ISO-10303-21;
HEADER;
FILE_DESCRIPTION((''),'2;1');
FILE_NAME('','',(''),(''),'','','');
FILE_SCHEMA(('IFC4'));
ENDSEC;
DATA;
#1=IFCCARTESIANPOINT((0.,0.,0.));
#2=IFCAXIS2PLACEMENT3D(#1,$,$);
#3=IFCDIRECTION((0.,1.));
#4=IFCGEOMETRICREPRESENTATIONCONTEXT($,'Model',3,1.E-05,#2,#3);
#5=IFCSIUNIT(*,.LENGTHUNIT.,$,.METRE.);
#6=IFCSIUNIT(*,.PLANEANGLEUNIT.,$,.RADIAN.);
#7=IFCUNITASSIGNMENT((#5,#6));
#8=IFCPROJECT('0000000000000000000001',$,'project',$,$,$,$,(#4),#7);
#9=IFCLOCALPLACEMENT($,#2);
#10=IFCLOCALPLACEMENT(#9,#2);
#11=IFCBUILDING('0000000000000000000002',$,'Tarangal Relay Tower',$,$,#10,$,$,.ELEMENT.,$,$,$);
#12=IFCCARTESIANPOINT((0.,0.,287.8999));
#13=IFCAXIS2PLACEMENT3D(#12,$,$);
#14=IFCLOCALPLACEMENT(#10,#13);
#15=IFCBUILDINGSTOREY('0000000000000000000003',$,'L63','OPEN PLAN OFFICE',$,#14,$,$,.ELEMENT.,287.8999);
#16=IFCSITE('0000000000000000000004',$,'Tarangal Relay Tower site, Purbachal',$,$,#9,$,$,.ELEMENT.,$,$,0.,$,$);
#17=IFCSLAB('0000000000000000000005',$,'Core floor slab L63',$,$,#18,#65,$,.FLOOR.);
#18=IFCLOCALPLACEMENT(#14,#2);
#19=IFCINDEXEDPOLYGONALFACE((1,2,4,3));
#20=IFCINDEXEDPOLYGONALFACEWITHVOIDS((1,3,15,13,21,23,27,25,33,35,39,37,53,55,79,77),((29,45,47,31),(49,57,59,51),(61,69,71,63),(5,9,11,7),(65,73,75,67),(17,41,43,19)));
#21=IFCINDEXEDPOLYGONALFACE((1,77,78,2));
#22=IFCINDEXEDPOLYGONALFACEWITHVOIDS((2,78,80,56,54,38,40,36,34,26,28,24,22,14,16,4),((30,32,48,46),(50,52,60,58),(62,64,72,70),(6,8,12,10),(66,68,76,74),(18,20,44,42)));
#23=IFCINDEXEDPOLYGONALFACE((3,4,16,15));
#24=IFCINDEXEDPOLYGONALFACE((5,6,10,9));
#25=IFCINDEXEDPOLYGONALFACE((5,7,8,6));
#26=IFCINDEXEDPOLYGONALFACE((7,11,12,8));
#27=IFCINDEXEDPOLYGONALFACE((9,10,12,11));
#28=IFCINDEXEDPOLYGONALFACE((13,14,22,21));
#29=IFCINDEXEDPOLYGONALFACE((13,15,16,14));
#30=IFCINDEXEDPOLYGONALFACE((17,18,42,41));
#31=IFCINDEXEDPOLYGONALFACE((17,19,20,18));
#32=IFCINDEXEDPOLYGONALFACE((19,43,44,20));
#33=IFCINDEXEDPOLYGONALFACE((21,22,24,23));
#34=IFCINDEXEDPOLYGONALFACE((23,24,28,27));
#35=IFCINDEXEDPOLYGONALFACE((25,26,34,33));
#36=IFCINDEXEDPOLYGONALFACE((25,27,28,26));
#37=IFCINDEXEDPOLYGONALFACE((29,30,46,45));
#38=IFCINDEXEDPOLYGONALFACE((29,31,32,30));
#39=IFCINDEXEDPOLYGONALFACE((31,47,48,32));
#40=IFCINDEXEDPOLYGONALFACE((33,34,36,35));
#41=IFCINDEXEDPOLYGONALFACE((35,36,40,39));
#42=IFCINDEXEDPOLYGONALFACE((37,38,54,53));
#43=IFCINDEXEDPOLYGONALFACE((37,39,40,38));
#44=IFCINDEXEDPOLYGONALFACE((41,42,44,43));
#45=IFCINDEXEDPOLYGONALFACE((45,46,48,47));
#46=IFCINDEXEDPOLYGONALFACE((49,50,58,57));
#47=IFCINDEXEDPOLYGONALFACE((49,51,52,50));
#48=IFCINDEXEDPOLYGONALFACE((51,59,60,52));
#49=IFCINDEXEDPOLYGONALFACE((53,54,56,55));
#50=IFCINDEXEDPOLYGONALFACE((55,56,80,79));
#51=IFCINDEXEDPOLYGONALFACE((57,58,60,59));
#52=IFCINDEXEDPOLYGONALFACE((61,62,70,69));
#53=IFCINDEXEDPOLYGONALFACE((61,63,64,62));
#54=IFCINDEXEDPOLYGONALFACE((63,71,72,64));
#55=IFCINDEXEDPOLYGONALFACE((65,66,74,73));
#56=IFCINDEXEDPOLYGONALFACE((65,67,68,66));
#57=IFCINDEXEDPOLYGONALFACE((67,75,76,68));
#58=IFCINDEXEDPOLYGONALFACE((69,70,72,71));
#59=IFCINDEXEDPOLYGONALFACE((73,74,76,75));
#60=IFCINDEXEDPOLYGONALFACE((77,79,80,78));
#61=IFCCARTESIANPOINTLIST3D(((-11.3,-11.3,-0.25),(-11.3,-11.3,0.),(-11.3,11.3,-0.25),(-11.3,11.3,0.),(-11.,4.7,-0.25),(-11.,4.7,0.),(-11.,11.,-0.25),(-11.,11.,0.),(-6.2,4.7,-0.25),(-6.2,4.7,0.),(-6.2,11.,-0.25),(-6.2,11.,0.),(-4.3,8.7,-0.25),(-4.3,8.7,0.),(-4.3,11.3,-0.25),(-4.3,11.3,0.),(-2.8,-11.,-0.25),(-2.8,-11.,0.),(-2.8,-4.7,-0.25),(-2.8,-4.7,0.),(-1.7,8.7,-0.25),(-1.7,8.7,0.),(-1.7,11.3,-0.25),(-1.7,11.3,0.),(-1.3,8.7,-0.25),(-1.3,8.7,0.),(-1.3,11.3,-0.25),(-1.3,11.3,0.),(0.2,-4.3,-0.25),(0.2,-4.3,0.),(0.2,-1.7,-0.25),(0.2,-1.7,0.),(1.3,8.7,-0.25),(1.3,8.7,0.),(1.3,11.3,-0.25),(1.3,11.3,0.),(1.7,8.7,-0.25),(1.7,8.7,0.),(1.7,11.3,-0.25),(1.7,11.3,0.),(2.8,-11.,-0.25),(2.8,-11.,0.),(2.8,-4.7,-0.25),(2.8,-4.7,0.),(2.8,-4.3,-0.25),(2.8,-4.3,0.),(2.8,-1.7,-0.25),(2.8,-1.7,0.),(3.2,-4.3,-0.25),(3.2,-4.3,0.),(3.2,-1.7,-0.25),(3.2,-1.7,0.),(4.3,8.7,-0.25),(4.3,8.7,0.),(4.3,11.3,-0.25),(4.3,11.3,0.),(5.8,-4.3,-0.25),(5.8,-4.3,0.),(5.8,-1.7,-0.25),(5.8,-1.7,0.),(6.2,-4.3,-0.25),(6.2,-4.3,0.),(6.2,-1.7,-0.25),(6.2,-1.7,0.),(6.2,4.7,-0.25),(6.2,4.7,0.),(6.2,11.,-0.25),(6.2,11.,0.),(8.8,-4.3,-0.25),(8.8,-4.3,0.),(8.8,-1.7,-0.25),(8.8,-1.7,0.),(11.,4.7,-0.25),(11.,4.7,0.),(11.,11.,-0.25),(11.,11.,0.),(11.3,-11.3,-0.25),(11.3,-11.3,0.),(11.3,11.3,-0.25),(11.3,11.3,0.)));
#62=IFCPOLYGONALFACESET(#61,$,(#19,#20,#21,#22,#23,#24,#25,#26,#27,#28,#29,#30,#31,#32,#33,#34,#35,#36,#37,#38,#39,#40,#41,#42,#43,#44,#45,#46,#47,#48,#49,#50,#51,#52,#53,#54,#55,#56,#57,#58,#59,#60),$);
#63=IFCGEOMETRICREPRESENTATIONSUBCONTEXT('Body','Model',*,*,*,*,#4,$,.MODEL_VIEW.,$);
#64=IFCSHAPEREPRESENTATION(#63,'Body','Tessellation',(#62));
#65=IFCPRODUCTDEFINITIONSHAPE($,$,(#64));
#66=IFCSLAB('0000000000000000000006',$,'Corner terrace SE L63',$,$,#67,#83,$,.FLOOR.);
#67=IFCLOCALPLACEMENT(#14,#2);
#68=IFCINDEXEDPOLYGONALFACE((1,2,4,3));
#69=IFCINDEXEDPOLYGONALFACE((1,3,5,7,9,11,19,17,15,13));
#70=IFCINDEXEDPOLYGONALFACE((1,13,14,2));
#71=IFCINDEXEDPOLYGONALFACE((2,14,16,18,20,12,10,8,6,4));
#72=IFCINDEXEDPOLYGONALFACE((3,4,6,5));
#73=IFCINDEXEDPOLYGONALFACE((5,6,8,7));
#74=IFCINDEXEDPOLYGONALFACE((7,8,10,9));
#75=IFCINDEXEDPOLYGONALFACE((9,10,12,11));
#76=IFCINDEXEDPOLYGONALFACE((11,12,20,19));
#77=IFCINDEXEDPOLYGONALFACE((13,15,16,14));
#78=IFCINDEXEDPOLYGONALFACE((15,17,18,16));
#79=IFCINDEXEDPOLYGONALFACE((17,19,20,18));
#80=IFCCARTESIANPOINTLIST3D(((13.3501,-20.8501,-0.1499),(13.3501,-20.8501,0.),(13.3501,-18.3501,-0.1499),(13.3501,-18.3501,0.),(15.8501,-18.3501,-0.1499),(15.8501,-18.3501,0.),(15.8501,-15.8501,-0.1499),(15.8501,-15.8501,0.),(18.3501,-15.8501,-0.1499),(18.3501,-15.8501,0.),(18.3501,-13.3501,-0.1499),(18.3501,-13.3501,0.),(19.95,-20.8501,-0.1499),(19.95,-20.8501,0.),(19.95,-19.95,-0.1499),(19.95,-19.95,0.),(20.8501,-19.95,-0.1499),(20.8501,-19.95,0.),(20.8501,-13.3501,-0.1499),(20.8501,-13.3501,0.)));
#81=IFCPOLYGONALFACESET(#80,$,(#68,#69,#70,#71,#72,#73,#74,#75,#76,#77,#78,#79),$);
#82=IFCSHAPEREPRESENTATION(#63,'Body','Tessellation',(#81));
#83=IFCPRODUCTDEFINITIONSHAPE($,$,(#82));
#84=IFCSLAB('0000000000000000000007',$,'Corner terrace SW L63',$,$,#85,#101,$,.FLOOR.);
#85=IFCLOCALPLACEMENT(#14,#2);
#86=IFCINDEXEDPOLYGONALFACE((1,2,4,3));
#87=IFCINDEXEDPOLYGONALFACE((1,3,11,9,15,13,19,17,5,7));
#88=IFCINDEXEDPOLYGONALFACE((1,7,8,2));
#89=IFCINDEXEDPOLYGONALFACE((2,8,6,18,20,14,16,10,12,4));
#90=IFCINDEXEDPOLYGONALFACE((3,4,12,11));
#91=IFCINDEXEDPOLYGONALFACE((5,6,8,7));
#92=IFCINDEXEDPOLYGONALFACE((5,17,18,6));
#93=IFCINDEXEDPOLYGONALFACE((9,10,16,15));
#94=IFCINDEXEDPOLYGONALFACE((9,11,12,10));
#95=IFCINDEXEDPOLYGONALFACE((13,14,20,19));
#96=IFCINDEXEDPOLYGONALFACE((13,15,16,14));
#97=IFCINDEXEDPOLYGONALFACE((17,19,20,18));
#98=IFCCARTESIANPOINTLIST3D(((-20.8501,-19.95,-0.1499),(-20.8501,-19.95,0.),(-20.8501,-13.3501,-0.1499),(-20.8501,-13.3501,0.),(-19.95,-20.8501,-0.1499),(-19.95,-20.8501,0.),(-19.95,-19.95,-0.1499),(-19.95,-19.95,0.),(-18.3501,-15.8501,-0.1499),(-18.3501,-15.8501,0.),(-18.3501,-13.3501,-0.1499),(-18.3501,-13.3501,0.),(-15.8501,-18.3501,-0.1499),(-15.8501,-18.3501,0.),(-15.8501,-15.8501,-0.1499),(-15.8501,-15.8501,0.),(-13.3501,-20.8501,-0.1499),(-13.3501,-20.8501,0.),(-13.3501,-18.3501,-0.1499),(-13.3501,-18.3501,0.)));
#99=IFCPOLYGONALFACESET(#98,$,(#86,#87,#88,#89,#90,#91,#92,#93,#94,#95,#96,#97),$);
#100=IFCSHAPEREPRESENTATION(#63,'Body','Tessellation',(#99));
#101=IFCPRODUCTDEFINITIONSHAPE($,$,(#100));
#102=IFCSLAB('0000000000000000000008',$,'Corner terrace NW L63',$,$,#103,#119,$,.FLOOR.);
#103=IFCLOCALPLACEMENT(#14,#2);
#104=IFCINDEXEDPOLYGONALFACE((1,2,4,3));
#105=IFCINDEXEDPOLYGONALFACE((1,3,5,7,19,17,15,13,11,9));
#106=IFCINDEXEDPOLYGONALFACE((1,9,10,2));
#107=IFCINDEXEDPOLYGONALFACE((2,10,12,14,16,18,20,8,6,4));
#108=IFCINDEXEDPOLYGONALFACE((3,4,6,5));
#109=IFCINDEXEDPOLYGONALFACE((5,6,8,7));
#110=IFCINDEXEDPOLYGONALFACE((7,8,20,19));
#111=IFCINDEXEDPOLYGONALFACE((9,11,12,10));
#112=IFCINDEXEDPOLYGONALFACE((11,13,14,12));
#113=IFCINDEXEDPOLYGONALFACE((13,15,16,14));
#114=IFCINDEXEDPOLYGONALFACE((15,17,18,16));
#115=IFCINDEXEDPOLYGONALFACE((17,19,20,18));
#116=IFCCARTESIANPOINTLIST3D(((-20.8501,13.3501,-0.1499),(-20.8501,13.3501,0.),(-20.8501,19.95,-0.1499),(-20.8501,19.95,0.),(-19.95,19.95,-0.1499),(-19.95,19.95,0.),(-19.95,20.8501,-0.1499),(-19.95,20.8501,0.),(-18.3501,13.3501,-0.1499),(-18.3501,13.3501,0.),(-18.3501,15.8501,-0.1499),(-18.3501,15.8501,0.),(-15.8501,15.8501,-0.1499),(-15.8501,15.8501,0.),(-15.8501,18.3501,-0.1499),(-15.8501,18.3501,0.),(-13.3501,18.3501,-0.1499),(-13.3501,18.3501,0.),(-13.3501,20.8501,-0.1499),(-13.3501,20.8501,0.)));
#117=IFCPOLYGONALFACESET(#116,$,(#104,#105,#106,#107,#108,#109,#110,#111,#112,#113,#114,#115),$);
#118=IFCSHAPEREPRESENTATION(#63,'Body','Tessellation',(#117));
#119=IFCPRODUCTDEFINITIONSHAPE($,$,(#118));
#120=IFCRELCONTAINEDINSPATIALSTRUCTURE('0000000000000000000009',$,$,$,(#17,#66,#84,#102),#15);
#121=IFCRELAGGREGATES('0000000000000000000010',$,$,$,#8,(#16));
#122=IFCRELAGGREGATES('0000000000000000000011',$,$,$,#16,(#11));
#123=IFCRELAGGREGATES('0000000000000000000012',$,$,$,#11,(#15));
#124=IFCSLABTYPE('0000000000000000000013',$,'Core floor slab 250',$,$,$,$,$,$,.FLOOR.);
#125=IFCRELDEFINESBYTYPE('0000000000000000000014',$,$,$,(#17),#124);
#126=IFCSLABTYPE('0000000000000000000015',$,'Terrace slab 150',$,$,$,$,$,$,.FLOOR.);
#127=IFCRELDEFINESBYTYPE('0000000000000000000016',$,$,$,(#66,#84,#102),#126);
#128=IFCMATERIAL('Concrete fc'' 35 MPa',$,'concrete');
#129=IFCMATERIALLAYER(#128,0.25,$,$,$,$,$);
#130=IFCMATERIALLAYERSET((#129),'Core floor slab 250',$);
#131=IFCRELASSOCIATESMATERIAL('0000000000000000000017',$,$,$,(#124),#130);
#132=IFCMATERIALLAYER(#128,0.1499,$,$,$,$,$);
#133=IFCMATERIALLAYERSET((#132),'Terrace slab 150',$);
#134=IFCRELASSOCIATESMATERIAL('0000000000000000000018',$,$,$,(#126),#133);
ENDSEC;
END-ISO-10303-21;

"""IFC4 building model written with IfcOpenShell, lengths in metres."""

from ifc_helpers import new_model, si_unit, direction, frame, origin, place, context, subcontext, project, spatial, polyline, outline, extrude, material, layer, layer_set, type_object, element, save


model = new_model("IFC4")

# Units and contexts
model_context = context("Model", 3, precision=1e-05, world=origin(), true_north=direction((0.0, 1.0)))
body_context = subcontext(model_context, "Body", "Model", "MODEL_VIEW")
ifc_project = project(units=[si_unit("LENGTHUNIT", "METRE"), si_unit("PLANEANGLEUNIT", "RADIAN")], contexts=[model_context])

# Site, building, storey
site_placement = place(None, origin())
site = spatial("IfcSite", under=ifc_project, at=site_placement, Name="Tarangal Relay Tower site, Purbachal", CompositionType="ELEMENT", RefElevation=0.0)
building_placement = place(site_placement, origin())
building = spatial("IfcBuilding", under=site, at=building_placement, Name="Tarangal Relay Tower", CompositionType="ELEMENT")
storey_placement = place(building_placement, frame((0.0, 0.0, 287.8999)))
storey = spatial("IfcBuildingStorey", under=building, at=storey_placement, Name="L63", Description="OPEN PLAN OFFICE", CompositionType="ELEMENT", Elevation=287.8999)

# Slabs
ifc_material_1 = material(Name="Concrete fc' 35 MPa", Category="concrete")
ifc_layer_1 = layer(ifc_material_1, 0.25)
ifc_layer_set_1 = layer_set([ifc_layer_1], Name="Core floor slab 250")
slab_type_1 = type_object("IfcSlabType", Name="Core floor slab 250", PredefinedType="FLOOR", material=ifc_layer_set_1)
slab_1_placement = place(storey_placement, frame((0.0, 0.0, -0.25)))
element("IfcSlab", 1, at=slab_1_placement, inside=storey, type_object=slab_type_1, Name="Core floor slab L63", PredefinedType="FLOOR", context=body_context, shape_type="SweptSolid", body=[
    extrude(outline(polyline([(11.3, 11.3), (11.3, -11.3), (-11.3, -11.3), (-11.3, 11.3), (-4.3, 11.3), (-4.3, 8.7), (-1.7, 8.7), (-1.7, 11.3), (-1.3, 11.3), (-1.3, 8.7), (1.3, 8.7), (1.3, 11.3), (1.7, 11.3), (1.7, 8.7), (4.3, 8.7), (4.3, 11.3), (11.3, 11.3)]), holes=[polyline([(2.8, -4.7), (-2.8, -4.7), (-2.8, -11.0), (2.8, -11.0), (2.8, -4.7)]), polyline([(2.8, -1.7), (0.2, -1.7), (0.2, -4.3), (2.8, -4.3), (2.8, -1.7)]), polyline([(5.8, -1.7), (3.2, -1.7), (3.2, -4.3), (5.8, -4.3), (5.8, -1.7)]), polyline([(8.8, -1.7), (6.2, -1.7), (6.2, -4.3), (8.8, -4.3), (8.8, -1.7)]), polyline([(-6.2, 11.0), (-11.0, 11.0), (-11.0, 4.7), (-6.2, 4.7), (-6.2, 11.0)]), polyline([(11.0, 11.0), (6.2, 11.0), (6.2, 4.7), (11.0, 4.7), (11.0, 11.0)])]), origin(), (0.0, 0.0, 1.0), 0.25),
])
ifc_layer_2 = layer(ifc_material_1, 0.1499)
ifc_layer_set_2 = layer_set([ifc_layer_2], Name="Terrace slab 150")
slab_type_2 = type_object("IfcSlabType", Name="Terrace slab 150", PredefinedType="FLOOR", material=ifc_layer_set_2)
slab_2_placement = place(storey_placement, frame((0.0, 0.0, -0.1499)))
element("IfcSlab", 2, at=slab_2_placement, inside=storey, type_object=slab_type_2, Name="Corner terrace SE L63", PredefinedType="FLOOR", context=body_context, shape_type="SweptSolid", body=[
    extrude(outline(polyline([(20.8501, -13.3501), (18.3501, -13.3501), (18.3501, -15.8501), (15.8501, -15.8501), (15.8501, -18.3501), (13.3501, -18.3501), (13.3501, -20.8501), (19.95, -20.8501), (19.95, -19.95), (20.8501, -19.95), (20.8501, -13.3501)])), origin(), (0.0, 0.0, 1.0), 0.1499),
])
slab_3_placement = place(storey_placement, frame((0.0, 0.0, -0.1499)))
element("IfcSlab", 3, at=slab_3_placement, inside=storey, type_object=slab_type_2, Name="Corner terrace SW L63", PredefinedType="FLOOR", context=body_context, shape_type="SweptSolid", body=[
    extrude(outline(polyline([(-13.3501, -20.8501), (-13.3501, -18.3501), (-15.8501, -18.3501), (-15.8501, -15.8501), (-18.3501, -15.8501), (-18.3501, -13.3501), (-20.8501, -13.3501), (-20.8501, -19.95), (-19.95, -19.95), (-19.95, -20.8501), (-13.3501, -20.8501)])), origin(), (0.0, 0.0, 1.0), 0.1499),
])
slab_4_placement = place(storey_placement, frame((0.0, 0.0, -0.1499)))
element("IfcSlab", 4, at=slab_4_placement, inside=storey, type_object=slab_type_2, Name="Corner terrace NW L63", PredefinedType="FLOOR", context=body_context, shape_type="SweptSolid", body=[
    extrude(outline(polyline([(-20.8501, 13.3501), (-18.3501, 13.3501), (-18.3501, 15.8501), (-15.8501, 15.8501), (-15.8501, 18.3501), (-13.3501, 18.3501), (-13.3501, 20.8501), (-19.95, 20.8501), (-19.95, 19.95), (-20.8501, 19.95), (-20.8501, 13.3501)])), origin(), (0.0, 0.0, 1.0), 0.1499),
])

save(model, "model.ifc")
